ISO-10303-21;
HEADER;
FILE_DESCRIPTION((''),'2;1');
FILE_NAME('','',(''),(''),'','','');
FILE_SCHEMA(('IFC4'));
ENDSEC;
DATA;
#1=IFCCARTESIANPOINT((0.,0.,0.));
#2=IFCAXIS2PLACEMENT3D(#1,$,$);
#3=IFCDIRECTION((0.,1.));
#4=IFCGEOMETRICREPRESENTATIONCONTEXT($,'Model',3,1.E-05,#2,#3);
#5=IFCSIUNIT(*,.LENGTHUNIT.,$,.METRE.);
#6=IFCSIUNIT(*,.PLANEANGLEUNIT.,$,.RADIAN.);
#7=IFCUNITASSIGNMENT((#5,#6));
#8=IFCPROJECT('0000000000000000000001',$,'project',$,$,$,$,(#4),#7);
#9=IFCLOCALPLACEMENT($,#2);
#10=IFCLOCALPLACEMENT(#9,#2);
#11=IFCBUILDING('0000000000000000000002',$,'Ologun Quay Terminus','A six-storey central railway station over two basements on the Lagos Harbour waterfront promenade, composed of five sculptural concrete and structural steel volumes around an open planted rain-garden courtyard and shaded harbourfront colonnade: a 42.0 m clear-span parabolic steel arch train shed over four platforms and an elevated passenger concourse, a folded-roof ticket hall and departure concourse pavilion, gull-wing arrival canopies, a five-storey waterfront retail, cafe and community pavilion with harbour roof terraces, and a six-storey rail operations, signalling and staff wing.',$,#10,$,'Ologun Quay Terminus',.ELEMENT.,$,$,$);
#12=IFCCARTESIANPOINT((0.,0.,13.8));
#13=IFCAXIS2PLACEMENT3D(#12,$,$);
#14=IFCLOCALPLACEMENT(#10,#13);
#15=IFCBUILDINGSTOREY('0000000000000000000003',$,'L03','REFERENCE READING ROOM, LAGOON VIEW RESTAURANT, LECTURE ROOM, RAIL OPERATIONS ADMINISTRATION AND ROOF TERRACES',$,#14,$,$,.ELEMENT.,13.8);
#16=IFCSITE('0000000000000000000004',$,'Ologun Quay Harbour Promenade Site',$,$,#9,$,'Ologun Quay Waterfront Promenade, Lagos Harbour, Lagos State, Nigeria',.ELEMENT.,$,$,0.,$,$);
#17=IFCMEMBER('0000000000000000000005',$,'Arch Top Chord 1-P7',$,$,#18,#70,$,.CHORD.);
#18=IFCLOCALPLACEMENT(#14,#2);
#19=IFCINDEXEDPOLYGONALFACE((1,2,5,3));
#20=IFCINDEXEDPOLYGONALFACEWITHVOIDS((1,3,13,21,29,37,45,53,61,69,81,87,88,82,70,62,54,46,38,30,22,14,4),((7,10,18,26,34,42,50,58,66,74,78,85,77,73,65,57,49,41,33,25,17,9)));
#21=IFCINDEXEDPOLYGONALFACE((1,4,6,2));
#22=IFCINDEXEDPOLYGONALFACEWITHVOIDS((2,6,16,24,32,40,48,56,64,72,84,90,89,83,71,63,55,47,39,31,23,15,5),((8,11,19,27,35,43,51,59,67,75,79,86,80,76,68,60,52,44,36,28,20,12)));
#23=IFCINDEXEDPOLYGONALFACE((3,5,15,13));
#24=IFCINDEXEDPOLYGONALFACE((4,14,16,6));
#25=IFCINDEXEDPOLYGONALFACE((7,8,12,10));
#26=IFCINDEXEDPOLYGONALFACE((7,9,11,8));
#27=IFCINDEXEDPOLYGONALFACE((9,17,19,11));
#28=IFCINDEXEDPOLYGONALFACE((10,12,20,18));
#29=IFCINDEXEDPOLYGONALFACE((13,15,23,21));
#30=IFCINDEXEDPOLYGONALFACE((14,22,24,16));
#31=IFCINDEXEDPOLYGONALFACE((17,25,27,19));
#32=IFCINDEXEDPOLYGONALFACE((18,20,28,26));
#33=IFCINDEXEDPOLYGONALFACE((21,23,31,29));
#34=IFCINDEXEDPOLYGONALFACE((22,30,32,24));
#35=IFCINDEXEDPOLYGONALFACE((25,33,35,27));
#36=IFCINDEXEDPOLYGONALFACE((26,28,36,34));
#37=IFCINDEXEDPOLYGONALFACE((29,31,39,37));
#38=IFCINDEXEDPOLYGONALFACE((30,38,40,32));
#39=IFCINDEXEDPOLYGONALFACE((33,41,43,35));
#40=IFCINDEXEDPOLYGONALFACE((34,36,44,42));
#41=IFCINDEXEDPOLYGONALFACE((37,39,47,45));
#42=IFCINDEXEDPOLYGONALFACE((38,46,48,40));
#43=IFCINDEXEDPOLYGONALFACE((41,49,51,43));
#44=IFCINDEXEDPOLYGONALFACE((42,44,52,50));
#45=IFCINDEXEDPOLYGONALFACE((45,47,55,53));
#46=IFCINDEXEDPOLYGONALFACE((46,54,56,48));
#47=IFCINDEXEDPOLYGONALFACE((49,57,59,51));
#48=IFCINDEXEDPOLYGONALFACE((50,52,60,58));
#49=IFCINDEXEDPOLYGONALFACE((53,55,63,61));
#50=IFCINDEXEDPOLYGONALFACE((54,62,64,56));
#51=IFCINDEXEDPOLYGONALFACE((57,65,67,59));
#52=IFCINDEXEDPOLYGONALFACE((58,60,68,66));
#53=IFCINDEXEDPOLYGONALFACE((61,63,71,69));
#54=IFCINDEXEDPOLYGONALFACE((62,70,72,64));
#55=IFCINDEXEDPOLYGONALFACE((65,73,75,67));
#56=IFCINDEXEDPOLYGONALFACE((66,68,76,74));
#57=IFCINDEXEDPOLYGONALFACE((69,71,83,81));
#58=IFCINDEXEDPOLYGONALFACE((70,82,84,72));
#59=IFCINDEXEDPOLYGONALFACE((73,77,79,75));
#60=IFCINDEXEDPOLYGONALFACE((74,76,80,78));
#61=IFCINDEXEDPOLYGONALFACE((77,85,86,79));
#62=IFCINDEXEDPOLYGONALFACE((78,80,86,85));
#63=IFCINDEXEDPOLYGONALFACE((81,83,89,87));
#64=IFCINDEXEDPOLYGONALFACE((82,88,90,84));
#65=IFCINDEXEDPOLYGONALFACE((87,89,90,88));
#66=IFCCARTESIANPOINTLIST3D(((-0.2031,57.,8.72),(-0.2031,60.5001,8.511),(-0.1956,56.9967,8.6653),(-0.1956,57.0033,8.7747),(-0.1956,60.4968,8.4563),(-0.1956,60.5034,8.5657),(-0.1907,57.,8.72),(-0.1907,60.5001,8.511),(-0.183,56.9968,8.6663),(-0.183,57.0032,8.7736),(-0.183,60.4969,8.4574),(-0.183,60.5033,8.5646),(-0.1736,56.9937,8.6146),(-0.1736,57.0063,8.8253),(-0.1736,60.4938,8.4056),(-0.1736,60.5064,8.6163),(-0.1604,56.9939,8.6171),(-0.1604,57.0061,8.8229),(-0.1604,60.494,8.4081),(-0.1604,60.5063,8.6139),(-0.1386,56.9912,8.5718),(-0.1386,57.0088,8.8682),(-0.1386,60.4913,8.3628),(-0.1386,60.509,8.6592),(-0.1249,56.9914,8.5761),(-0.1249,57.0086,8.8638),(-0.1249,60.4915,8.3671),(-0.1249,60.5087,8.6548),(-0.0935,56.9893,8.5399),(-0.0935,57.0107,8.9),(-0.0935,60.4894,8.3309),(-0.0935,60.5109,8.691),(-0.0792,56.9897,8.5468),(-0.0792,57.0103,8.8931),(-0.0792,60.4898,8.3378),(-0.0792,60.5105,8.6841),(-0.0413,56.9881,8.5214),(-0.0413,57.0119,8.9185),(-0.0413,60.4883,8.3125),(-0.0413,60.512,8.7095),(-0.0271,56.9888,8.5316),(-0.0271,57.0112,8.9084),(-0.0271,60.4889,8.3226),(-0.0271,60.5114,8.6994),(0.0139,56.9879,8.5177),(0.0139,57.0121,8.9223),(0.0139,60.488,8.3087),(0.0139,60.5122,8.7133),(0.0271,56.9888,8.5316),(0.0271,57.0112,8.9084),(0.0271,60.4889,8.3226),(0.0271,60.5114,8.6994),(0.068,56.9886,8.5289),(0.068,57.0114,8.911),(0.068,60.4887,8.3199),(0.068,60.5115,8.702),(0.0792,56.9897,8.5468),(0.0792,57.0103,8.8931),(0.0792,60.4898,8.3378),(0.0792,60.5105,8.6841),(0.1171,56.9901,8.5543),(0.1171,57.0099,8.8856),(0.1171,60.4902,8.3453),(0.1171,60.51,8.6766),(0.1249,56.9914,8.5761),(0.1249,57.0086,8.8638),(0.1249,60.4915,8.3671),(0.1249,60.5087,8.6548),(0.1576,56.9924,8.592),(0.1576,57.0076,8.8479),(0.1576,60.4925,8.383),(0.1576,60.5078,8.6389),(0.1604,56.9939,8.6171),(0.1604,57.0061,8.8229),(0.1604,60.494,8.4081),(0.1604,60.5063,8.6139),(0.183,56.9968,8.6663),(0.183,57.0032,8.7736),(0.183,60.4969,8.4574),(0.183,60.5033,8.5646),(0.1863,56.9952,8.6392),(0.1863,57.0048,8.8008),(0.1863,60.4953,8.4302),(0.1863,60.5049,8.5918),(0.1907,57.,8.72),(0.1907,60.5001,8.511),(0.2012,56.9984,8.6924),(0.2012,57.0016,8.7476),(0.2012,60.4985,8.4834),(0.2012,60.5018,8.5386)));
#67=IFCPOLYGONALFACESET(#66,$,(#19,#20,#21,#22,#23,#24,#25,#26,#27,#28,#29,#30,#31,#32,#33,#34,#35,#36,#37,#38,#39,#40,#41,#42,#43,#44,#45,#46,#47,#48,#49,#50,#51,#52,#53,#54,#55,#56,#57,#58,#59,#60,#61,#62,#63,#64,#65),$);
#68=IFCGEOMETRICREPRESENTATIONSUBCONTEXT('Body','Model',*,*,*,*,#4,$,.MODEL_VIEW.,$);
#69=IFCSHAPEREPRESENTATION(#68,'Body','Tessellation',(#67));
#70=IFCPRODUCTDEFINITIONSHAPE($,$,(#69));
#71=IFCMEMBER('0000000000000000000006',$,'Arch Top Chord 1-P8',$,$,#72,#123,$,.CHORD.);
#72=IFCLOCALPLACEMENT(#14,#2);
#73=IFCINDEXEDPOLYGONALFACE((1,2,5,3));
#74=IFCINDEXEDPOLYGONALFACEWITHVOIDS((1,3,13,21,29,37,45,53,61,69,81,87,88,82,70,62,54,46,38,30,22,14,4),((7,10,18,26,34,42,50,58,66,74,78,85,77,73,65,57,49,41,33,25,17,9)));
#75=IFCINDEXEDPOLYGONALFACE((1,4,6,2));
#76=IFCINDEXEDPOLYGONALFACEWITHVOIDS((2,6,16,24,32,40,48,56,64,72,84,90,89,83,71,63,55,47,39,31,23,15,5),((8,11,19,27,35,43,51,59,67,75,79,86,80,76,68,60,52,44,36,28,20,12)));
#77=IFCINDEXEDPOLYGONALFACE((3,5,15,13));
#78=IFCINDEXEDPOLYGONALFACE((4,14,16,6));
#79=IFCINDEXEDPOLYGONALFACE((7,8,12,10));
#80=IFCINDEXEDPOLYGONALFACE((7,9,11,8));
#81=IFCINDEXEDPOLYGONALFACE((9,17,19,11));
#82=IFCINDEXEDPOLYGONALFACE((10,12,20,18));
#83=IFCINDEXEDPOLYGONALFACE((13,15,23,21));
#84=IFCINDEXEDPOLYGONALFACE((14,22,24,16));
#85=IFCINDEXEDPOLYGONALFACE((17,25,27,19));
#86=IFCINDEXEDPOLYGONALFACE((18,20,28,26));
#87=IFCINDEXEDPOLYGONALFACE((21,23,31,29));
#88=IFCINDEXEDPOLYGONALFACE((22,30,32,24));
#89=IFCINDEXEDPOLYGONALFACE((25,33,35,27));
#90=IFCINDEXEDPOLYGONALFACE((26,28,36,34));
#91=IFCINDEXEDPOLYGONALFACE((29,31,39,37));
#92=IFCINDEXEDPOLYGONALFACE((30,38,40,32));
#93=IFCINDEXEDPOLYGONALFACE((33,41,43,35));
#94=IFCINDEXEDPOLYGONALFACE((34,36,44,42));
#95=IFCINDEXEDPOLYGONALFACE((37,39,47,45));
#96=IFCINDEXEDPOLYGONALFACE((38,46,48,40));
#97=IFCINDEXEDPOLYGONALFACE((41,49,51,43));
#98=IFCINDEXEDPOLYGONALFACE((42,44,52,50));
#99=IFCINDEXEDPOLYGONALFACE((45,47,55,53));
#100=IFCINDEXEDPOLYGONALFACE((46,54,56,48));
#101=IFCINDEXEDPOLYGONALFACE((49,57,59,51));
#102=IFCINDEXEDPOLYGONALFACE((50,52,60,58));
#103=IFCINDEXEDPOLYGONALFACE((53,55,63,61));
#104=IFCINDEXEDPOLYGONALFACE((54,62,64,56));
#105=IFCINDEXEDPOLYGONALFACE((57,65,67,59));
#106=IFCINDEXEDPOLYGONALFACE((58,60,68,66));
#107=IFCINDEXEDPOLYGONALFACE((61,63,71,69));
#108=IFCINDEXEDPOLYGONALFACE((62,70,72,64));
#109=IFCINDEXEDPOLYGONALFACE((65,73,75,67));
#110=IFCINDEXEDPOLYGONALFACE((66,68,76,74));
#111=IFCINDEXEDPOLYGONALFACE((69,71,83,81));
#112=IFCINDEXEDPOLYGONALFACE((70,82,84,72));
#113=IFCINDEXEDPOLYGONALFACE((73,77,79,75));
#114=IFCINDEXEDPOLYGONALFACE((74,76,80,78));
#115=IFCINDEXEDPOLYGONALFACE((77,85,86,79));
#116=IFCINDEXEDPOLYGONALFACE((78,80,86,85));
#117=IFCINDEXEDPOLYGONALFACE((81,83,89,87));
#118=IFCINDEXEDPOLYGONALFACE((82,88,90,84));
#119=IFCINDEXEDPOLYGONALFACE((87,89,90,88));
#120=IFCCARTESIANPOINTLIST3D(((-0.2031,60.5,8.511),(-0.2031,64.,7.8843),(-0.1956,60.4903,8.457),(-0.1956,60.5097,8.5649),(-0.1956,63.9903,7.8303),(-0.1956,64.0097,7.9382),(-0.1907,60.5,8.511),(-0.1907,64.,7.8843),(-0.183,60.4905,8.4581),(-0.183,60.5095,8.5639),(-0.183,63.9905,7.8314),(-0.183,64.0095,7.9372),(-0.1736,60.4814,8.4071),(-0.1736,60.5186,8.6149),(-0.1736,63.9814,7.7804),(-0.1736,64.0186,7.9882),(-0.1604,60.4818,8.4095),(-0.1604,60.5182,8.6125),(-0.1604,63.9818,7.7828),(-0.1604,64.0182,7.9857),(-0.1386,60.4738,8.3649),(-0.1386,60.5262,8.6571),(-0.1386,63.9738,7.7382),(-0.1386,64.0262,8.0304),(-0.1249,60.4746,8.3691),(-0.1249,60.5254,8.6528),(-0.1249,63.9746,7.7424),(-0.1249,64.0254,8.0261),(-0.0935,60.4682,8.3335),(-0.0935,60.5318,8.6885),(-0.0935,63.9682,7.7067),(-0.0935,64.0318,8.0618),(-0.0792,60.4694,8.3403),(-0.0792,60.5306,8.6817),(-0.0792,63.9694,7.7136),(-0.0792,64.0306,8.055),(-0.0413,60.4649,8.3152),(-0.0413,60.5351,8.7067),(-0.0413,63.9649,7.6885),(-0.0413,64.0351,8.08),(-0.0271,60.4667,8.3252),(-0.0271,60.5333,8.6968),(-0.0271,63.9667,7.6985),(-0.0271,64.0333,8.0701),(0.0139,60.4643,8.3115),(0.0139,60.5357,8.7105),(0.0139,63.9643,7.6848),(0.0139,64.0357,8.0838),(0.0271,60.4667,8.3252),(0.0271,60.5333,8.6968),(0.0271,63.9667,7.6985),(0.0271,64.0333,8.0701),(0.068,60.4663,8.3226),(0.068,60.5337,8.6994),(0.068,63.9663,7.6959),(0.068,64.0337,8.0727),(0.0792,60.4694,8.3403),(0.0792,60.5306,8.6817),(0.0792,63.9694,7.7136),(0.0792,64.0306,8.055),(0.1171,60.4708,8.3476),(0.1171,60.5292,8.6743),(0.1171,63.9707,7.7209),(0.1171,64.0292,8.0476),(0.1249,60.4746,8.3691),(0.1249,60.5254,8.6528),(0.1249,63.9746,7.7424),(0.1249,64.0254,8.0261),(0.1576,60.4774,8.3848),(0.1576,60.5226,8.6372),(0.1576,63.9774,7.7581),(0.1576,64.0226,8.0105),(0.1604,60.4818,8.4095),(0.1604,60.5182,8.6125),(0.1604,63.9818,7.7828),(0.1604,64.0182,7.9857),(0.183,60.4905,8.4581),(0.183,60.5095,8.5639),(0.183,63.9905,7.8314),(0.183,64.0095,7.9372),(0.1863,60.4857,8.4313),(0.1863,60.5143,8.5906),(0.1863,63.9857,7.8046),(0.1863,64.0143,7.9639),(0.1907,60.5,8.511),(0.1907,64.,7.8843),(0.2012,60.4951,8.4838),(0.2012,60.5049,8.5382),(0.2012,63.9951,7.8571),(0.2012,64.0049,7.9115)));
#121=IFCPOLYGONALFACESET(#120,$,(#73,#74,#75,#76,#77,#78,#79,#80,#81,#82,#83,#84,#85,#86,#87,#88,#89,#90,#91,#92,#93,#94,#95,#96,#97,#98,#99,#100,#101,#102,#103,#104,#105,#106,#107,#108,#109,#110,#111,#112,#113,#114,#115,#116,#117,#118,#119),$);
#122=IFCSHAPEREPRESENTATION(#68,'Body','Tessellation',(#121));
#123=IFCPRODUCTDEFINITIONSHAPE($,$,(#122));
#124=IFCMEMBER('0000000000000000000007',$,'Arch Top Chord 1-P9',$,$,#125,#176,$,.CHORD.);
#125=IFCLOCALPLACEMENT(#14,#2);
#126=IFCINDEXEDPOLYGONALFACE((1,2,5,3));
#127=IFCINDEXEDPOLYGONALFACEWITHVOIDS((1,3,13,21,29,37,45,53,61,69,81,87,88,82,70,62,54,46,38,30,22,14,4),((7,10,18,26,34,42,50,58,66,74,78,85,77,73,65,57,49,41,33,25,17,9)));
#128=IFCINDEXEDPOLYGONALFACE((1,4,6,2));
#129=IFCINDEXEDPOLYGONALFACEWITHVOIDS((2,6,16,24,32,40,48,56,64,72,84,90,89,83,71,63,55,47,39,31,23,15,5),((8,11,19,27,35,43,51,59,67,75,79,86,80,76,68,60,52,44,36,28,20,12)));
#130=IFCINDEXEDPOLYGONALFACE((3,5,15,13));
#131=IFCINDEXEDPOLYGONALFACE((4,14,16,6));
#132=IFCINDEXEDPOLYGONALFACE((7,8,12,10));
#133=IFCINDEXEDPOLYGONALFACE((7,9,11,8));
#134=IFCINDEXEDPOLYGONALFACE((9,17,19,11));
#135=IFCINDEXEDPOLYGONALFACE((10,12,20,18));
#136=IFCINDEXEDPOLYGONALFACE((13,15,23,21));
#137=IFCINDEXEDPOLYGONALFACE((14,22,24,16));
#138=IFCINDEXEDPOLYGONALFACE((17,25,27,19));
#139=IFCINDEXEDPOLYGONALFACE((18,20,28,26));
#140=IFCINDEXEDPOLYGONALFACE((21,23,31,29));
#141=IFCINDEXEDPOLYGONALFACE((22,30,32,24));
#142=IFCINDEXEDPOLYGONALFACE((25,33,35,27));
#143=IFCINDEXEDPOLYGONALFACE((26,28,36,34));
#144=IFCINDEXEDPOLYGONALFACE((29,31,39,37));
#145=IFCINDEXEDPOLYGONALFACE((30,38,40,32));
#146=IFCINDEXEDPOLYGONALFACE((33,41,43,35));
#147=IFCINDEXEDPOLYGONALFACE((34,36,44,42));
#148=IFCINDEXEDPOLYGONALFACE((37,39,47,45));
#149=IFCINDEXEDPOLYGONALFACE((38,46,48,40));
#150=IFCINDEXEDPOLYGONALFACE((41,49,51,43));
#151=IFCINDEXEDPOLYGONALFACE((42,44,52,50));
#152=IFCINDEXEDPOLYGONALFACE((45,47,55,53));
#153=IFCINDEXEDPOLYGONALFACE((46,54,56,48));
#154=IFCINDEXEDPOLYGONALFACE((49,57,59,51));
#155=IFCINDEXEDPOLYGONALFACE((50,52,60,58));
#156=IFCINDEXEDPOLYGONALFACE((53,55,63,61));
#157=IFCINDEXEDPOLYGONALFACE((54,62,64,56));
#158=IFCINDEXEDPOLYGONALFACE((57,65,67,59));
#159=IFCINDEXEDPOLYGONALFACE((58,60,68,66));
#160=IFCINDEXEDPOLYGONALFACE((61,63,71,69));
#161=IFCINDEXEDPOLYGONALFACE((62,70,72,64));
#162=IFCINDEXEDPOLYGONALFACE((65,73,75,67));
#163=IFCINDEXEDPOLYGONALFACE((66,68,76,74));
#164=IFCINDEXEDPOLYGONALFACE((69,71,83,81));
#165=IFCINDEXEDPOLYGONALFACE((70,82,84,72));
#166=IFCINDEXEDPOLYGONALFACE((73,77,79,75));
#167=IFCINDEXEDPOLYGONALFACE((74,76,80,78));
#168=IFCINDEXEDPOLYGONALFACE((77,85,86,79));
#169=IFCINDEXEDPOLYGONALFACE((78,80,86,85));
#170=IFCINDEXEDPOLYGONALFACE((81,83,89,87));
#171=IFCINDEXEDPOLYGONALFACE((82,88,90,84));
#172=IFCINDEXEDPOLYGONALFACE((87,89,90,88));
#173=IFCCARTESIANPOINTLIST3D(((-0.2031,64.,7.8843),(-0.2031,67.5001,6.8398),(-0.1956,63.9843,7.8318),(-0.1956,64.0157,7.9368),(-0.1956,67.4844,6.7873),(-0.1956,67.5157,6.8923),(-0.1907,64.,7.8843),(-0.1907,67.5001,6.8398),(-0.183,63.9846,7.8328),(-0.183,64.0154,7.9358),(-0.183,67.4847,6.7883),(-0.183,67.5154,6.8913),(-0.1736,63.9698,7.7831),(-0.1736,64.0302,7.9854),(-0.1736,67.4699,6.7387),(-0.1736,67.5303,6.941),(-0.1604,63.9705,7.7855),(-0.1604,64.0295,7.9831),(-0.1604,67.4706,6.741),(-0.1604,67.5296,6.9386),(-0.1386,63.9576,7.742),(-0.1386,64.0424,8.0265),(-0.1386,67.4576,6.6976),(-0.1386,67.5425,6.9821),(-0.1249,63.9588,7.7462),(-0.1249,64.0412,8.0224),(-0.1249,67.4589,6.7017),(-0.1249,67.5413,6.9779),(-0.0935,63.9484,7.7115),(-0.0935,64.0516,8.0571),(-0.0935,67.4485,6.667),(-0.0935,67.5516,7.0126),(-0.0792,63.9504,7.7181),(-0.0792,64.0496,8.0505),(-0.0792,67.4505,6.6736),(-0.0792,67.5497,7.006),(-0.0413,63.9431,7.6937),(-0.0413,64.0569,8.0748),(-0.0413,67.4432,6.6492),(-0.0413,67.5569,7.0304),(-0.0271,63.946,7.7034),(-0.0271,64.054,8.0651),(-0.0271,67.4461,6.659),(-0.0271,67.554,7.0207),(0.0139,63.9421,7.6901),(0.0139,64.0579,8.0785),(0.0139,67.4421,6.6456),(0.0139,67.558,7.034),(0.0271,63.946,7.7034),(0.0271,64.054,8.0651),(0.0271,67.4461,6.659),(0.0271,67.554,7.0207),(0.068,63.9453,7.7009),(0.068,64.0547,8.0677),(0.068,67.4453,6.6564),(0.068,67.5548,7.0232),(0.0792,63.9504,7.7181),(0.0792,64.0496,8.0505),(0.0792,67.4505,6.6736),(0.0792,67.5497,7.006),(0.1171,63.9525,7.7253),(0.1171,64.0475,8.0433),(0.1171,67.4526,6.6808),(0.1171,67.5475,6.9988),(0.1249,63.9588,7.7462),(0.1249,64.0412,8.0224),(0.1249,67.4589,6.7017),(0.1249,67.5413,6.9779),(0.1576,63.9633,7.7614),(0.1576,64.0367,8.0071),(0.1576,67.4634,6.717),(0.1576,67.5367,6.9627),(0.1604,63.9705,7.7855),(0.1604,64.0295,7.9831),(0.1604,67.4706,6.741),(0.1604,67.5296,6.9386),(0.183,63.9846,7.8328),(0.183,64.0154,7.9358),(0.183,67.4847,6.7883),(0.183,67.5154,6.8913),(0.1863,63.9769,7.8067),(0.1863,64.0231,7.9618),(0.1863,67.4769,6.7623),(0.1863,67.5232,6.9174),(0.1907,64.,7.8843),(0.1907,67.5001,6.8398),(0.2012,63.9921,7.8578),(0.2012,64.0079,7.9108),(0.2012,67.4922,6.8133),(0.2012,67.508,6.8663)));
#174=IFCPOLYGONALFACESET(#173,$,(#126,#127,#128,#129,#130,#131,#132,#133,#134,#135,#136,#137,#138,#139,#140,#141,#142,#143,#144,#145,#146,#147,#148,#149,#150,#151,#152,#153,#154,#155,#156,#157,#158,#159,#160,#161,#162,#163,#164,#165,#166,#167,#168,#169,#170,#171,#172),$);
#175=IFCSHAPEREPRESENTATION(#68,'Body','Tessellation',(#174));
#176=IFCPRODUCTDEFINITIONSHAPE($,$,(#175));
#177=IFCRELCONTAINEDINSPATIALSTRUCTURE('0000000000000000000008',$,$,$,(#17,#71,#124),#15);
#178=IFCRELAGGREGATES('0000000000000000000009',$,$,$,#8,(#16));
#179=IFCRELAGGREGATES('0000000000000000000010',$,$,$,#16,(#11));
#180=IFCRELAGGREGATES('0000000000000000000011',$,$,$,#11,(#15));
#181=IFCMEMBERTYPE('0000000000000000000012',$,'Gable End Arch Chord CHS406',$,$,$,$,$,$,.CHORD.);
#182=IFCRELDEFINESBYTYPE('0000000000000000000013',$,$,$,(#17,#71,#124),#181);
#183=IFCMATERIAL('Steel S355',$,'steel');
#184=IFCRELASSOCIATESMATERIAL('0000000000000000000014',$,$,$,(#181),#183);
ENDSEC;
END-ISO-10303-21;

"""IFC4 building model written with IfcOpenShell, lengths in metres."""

from ifc_helpers import new_model, si_unit, direction, frame, origin, origin_2d, place, context, subcontext, project, spatial, hollow_circle, extrude, material, material_profile, profile_set, type_object, element, save


model = new_model("IFC4")

# Units and contexts
model_context = context("Model", 3, precision=1e-05, world=origin(), true_north=direction((0.0, 1.0)))
body_context = subcontext(model_context, "Body", "Model", "MODEL_VIEW")
ifc_project = project(units=[si_unit("LENGTHUNIT", "METRE"), si_unit("PLANEANGLEUNIT", "RADIAN")], contexts=[model_context])

# Site, building, storey
site_placement = place(None, origin())
site = spatial("IfcSite", under=ifc_project, at=site_placement, Name="Ologun Quay Harbour Promenade Site", LongName="Ologun Quay Waterfront Promenade, Lagos Harbour, Lagos State, Nigeria", CompositionType="ELEMENT", RefElevation=0.0)
building_placement = place(site_placement, origin())
building = spatial("IfcBuilding", under=site, at=building_placement, Name="Ologun Quay Terminus", Description="A six-storey central railway station over two basements on the Lagos Harbour waterfront promenade, composed of five sculptural concrete and structural steel volumes around an open planted rain-garden courtyard and shaded harbourfront colonnade: a 42.0 m clear-span parabolic steel arch train shed over four platforms and an elevated passenger concourse, a folded-roof ticket hall and departure concourse pavilion, gull-wing arrival canopies, a five-storey waterfront retail, cafe and community pavilion with harbour roof terraces, and a six-storey rail operations, signalling and staff wing.", LongName="Ologun Quay Terminus", CompositionType="ELEMENT")
storey_placement = place(building_placement, frame((0.0, 0.0, 13.8)))
storey = spatial("IfcBuildingStorey", under=building, at=storey_placement, Name="L03", Description="REFERENCE READING ROOM, LAGOON VIEW RESTAURANT, LECTURE ROOM, RAIL OPERATIONS ADMINISTRATION AND ROOF TERRACES", CompositionType="ELEMENT", Elevation=13.8)

# Members
ifc_material_1 = material(Name="Steel S355", Category="steel")
ifc_material_profile_1 = material_profile(ifc_material_1, hollow_circle(Radius=0.2031, WallThickness=0.0125, at=origin_2d()), Name="CHS 406.4x12.5")
ifc_profile_set_1 = profile_set([ifc_material_profile_1], Name="Steel S355")
member_type_1 = type_object("IfcMemberType", Name="Gable End Arch Chord CHS406", PredefinedType="CHORD", material=ifc_profile_set_1)
member_1_placement = place(storey_placement, frame((0.0, 57.0, 8.72), z_axis=(0.0, 0.998222, -0.059604), x_axis=(-1.0, 0.0, 0.0)))
element("IfcMember", 1, at=member_1_placement, inside=storey, type_object=member_type_1, Name="Arch Top Chord 1-P7", PredefinedType="CHORD", context=body_context, shape_type="SweptSolid", body=[
    extrude(hollow_circle(Radius=0.2031, WallThickness=0.0125, at=origin_2d()), origin(), (0.0, 0.0, 1.0), 3.5063),
])
member_2_placement = place(storey_placement, frame((0.0, 60.5, 8.511), z_axis=(0.0, 0.984344, -0.176256), x_axis=(-1.0, 0.0, 0.0)))
element("IfcMember", 2, at=member_2_placement, inside=storey, type_object=member_type_1, Name="Arch Top Chord 1-P8", PredefinedType="CHORD", context=body_context, shape_type="SweptSolid", body=[
    extrude(hollow_circle(Radius=0.2031, WallThickness=0.0125, at=origin_2d()), origin(), (0.0, 0.0, 1.0), 3.5557),
])
member_3_placement = place(storey_placement, frame((0.0, 64.0, 7.8843), z_axis=(0.0, 0.958245, -0.285949), x_axis=(-1.0, 0.0, 0.0)))
element("IfcMember", 3, at=member_3_placement, inside=storey, type_object=member_type_1, Name="Arch Top Chord 1-P9", PredefinedType="CHORD", context=body_context, shape_type="SweptSolid", body=[
    extrude(hollow_circle(Radius=0.2031, WallThickness=0.0125, at=origin_2d()), origin(), (0.0, 0.0, 1.0), 3.6526),
])

save(model, "model.ifc")
